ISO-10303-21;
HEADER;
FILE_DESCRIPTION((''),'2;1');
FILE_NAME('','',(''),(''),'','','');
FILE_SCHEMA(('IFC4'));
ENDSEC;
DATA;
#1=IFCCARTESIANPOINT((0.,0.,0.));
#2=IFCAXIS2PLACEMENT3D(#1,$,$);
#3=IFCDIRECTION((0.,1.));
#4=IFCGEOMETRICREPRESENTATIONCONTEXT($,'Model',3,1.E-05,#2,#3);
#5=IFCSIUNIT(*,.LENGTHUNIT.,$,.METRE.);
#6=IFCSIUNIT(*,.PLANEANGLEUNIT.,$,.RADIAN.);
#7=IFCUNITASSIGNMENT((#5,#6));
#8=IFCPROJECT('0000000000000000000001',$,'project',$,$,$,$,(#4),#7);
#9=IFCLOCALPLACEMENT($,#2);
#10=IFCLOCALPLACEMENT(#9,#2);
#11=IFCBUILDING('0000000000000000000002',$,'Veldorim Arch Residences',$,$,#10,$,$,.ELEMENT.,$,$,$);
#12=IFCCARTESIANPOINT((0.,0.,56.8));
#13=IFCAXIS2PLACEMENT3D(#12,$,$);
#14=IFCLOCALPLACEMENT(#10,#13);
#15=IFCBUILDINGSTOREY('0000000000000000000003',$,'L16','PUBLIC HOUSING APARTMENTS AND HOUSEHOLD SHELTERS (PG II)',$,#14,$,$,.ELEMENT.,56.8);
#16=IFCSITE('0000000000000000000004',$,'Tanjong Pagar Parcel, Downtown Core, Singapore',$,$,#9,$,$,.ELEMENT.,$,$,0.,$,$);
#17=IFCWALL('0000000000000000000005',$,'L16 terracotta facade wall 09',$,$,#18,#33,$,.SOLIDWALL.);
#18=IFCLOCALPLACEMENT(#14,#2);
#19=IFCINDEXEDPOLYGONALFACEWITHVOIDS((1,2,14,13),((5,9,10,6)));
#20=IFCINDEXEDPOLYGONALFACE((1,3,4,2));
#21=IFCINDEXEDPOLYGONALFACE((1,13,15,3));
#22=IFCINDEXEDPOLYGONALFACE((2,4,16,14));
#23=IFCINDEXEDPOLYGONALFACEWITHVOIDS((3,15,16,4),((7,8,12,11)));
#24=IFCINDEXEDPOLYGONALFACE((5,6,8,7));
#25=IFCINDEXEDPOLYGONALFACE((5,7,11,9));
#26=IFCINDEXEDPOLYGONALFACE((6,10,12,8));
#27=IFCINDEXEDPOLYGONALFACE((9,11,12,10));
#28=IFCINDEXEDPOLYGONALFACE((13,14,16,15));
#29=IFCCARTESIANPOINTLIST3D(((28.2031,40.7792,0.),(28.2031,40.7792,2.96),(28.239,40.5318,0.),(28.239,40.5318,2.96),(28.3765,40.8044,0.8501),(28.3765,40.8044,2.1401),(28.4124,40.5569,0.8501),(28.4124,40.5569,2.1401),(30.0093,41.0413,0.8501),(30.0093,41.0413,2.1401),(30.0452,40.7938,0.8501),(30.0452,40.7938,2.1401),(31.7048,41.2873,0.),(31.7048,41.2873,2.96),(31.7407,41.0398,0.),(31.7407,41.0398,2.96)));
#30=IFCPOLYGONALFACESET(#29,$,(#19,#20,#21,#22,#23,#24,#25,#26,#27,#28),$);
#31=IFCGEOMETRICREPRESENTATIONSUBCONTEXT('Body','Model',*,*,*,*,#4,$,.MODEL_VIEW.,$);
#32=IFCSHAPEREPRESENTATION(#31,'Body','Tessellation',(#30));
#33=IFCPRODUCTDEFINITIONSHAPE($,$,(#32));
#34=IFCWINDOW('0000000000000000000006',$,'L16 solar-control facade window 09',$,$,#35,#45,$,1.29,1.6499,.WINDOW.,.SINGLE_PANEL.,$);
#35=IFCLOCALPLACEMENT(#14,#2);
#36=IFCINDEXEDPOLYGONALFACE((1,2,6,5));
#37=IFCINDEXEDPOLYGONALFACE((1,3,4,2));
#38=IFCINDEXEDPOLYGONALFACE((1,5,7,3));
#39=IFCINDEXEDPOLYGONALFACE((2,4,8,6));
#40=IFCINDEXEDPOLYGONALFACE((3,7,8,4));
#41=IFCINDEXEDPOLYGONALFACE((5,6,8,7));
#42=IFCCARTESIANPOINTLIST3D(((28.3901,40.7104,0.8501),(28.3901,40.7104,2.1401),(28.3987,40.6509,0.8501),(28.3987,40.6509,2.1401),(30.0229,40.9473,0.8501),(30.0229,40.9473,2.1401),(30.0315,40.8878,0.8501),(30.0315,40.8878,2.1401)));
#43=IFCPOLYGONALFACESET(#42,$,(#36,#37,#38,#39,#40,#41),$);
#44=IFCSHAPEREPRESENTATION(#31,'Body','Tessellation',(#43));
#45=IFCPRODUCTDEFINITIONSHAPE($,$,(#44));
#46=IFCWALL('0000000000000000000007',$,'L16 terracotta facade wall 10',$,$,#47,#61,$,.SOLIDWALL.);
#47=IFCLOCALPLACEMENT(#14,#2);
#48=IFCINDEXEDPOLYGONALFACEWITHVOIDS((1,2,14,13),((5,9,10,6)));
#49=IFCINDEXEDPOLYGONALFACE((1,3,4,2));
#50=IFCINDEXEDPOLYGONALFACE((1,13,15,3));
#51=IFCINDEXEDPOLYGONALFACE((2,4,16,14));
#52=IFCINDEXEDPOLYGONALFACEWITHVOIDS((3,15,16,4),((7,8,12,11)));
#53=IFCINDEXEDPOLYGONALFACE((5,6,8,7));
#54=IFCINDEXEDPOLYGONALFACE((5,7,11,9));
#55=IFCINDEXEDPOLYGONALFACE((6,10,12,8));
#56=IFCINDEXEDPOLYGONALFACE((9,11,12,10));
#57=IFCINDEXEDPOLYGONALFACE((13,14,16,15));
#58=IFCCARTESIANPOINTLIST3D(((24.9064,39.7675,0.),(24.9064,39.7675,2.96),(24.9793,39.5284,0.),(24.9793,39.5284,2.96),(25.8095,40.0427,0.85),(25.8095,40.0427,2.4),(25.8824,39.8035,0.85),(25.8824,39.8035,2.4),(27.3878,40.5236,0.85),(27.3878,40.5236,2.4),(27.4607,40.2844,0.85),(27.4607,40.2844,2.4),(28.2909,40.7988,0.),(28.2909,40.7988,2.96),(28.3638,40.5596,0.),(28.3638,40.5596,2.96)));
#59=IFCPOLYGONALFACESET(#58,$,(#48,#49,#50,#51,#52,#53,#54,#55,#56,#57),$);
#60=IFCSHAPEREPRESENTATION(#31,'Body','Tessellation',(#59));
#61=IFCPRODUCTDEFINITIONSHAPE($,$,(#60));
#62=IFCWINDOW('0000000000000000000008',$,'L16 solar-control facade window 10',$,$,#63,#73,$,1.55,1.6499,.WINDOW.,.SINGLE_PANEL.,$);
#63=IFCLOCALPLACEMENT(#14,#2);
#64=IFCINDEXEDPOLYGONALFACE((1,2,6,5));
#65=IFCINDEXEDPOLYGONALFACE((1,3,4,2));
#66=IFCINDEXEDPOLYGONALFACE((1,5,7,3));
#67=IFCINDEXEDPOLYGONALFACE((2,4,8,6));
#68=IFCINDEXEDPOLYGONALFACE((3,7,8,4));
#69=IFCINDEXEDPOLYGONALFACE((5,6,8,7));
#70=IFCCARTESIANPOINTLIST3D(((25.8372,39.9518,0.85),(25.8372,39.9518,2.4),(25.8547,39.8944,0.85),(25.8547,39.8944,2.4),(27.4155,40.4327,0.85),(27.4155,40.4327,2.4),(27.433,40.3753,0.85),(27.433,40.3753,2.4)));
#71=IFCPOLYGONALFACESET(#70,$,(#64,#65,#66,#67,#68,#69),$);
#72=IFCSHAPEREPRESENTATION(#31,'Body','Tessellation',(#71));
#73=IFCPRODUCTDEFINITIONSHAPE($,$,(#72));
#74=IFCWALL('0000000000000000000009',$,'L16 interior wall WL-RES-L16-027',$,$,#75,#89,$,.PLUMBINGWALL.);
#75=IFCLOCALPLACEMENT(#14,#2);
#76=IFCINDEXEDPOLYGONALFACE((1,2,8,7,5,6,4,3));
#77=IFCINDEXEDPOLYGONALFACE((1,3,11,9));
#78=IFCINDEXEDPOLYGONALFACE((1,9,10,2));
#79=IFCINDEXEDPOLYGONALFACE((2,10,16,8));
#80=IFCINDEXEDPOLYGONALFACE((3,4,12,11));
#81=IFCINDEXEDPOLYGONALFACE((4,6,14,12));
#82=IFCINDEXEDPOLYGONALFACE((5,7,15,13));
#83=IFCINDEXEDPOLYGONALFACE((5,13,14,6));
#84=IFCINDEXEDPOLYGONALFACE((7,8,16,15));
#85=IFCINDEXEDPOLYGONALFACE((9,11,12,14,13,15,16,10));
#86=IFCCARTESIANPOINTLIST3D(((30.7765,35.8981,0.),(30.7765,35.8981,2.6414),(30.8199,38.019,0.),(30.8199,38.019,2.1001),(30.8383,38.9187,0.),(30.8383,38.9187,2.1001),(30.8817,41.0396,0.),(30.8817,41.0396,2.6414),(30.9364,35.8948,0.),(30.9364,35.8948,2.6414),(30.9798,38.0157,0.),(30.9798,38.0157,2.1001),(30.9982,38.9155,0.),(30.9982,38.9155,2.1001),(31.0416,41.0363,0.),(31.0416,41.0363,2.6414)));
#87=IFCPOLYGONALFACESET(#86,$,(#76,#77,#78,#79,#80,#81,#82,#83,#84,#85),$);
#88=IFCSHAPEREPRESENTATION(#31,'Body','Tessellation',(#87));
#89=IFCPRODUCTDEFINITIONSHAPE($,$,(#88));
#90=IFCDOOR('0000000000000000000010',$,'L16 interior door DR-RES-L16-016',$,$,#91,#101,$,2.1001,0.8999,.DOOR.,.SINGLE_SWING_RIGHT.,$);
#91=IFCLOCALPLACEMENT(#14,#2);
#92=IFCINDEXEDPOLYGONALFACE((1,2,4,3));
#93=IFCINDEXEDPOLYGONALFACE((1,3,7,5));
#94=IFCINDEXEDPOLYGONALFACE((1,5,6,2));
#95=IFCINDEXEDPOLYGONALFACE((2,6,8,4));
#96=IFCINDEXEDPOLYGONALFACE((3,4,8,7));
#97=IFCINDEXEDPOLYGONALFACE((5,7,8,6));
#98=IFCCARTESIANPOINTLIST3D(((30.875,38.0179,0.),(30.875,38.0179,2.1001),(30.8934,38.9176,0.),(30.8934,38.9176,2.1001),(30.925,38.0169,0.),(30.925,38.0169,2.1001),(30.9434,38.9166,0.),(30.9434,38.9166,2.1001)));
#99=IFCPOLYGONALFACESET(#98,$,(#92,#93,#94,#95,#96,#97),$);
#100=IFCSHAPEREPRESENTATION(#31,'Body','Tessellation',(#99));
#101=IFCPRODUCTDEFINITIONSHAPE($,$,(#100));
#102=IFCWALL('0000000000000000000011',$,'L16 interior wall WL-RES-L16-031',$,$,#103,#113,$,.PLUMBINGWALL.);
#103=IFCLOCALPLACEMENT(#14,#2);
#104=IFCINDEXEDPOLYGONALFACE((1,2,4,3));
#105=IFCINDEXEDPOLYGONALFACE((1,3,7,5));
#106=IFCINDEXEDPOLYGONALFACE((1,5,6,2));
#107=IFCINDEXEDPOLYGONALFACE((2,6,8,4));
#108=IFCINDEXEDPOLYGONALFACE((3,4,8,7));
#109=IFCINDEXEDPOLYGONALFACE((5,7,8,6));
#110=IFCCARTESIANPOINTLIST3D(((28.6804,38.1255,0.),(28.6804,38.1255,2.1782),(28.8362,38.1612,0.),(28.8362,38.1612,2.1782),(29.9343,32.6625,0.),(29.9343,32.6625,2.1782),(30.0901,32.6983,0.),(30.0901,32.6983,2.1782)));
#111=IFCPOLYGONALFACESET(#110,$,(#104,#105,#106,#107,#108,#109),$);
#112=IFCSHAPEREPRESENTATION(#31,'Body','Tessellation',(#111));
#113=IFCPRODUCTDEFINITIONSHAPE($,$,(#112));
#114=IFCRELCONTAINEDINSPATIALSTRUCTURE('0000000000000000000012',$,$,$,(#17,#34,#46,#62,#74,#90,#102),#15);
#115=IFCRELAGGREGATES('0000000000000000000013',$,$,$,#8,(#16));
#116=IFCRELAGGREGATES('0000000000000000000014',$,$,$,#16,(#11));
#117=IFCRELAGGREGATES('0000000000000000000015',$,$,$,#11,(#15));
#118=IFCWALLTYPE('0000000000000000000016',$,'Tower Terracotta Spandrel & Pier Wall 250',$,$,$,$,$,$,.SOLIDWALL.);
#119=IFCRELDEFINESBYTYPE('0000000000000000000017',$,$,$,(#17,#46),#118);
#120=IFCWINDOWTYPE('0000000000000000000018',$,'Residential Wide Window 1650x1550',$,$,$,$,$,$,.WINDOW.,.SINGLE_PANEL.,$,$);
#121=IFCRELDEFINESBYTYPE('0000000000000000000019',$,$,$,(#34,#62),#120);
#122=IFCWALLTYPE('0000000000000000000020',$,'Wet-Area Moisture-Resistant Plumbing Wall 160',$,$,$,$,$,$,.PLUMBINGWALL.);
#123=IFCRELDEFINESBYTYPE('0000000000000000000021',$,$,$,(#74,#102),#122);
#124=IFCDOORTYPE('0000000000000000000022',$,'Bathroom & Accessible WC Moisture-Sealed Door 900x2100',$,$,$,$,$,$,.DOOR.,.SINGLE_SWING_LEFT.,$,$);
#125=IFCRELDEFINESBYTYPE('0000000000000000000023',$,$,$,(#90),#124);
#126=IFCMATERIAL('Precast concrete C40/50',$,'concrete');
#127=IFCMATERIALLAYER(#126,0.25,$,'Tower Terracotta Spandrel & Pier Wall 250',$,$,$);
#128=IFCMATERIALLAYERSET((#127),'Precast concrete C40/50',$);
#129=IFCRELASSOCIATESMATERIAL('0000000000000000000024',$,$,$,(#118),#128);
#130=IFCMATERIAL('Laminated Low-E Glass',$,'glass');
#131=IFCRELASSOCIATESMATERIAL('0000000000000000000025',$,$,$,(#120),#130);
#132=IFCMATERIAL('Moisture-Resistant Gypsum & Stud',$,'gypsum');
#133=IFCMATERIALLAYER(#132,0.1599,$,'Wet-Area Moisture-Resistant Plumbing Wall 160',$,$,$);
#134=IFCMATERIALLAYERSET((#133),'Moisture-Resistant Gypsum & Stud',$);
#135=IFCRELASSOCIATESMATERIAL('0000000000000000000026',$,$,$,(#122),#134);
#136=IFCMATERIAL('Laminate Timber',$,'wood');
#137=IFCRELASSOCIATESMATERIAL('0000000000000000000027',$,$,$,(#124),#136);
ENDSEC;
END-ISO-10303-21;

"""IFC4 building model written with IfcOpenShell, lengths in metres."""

from ifc_helpers import new_model, si_unit, direction, frame, frame_2d, origin, place, context, subcontext, project, spatial, rectangle, extrude, material, layer, layer_set, type_object, element, fill, save


model = new_model("IFC4")

# Units and contexts
model_context = context("Model", 3, precision=1e-05, world=origin(), true_north=direction((0.0, 1.0)))
body_context = subcontext(model_context, "Body", "Model", "MODEL_VIEW")
ifc_project = project(units=[si_unit("LENGTHUNIT", "METRE"), si_unit("PLANEANGLEUNIT", "RADIAN")], contexts=[model_context])

# Site, building, storey
site_placement = place(None, origin())
site = spatial("IfcSite", under=ifc_project, at=site_placement, Name="Tanjong Pagar Parcel, Downtown Core, Singapore", CompositionType="ELEMENT", RefElevation=0.0)
building_placement = place(site_placement, origin())
building = spatial("IfcBuilding", under=site, at=building_placement, Name="Veldorim Arch Residences", CompositionType="ELEMENT")
storey_placement = place(building_placement, frame((0.0, 0.0, 56.8)))
storey = spatial("IfcBuildingStorey", under=building, at=storey_placement, Name="L16", Description="PUBLIC HOUSING APARTMENTS AND HOUSEHOLD SHELTERS (PG II)", CompositionType="ELEMENT", Elevation=56.8)

# Shared definitions
ifc_material_1 = material(Name="Precast concrete C40/50", Category="concrete")
ifc_layer_1 = layer(ifc_material_1, 0.25, Name="Tower Terracotta Spandrel & Pier Wall 250")
ifc_layer_set_1 = layer_set([ifc_layer_1], Name="Precast concrete C40/50")
wall_type_1 = type_object("IfcWallType", Name="Tower Terracotta Spandrel & Pier Wall 250", PredefinedType="SOLIDWALL", material=ifc_layer_set_1)

# Walls, openings, windows
wall_1_placement = place(storey_placement, frame((28.2212, 40.6555, 0.0), z_axis=(0.0, 0.0, 1.0), x_axis=(0.989638, 0.143585, 0.0)))
wall_1 = element("IfcWall", 1, at=wall_1_placement, inside=storey, type_object=wall_type_1, Name="L16 terracotta facade wall 09", PredefinedType="SOLIDWALL", context=body_context, shape_type="SweptSolid", body=[
    extrude(rectangle(XDim=3.5383, YDim=0.25, at=frame_2d((1.769, 0.0))), origin(), (0.0, 0.0, 1.0), 2.96),
])
opening_1_placement = place(wall_1_placement, frame((0.175, 0.0, 0.8501)))
opening_1 = element("IfcOpeningElement", 2, at=opening_1_placement, cuts=wall_1, PredefinedType="OPENING", context=body_context, shape_type="SweptSolid", body=[
    extrude(rectangle(XDim=1.6499, YDim=1.29, at=frame_2d((0.825, 0.645))), frame((0.0, 0.135, 0.0), z_axis=(0.0, -1.0, 0.0), x_axis=(1.0, 0.0, 0.0)), (0.0, 0.0, 1.0), 0.27),
])
ifc_material_2 = material(Name="Laminated Low-E Glass", Category="glass")
window_type = type_object("IfcWindowType", Name="Residential Wide Window 1650x1550", PartitioningType="SINGLE_PANEL", PredefinedType="WINDOW", material=ifc_material_2)
window_1_placement = place(opening_1_placement, origin())
window_1 = element("IfcWindow", 3, at=window_1_placement, inside=storey, type_object=window_type, Name="L16 solar-control facade window 09", OverallHeight=1.29, OverallWidth=1.6499, PartitioningType="SINGLE_PANEL", PredefinedType="WINDOW", context=body_context, shape_type="SweptSolid", body=[
    extrude(rectangle(XDim=1.6499, YDim=1.29, at=frame_2d((0.825, 0.645))), frame((0.0, 0.03, 0.0), z_axis=(0.0, -1.0, 0.0), x_axis=(1.0, 0.0, 0.0)), (0.0, 0.0, 1.0), 0.0601),
])
fill(opening_1, window_1)
wall_2_placement = place(storey_placement, frame((24.9429, 39.6479, 0.0), z_axis=(0.0, 0.0, 1.0), x_axis=(0.956581, 0.291466, 0.0)))
wall_2 = element("IfcWall", 4, at=wall_2_placement, inside=storey, type_object=wall_type_1, Name="L16 terracotta facade wall 10", PredefinedType="SOLIDWALL", context=body_context, shape_type="SweptSolid", body=[
    extrude(rectangle(XDim=3.5381, YDim=0.25, at=frame_2d((1.769, 0.0))), origin(), (0.0, 0.0, 1.0), 2.96),
])
opening_2_placement = place(wall_2_placement, frame((0.9441, 0.0, 0.8501)))
opening_2 = element("IfcOpeningElement", 5, at=opening_2_placement, cuts=wall_2, PredefinedType="OPENING", context=body_context, shape_type="SweptSolid", body=[
    extrude(rectangle(XDim=1.6499, YDim=1.55, at=frame_2d((0.825, 0.7749))), frame((0.0, 0.135, 0.0), z_axis=(0.0, -1.0, 0.0), x_axis=(1.0, 0.0, 0.0)), (0.0, 0.0, 1.0), 0.27),
])
window_2_placement = place(opening_2_placement, origin())
window_2 = element("IfcWindow", 6, at=window_2_placement, inside=storey, type_object=window_type, Name="L16 solar-control facade window 10", OverallHeight=1.55, OverallWidth=1.6499, PartitioningType="SINGLE_PANEL", PredefinedType="WINDOW", context=body_context, shape_type="SweptSolid", body=[
    extrude(rectangle(XDim=1.6499, YDim=1.55, at=frame_2d((0.825, 0.7749))), frame((0.0, 0.03, 0.0), z_axis=(0.0, -1.0, 0.0), x_axis=(1.0, 0.0, 0.0)), (0.0, 0.0, 1.0), 0.0601),
])
fill(opening_2, window_2)

# Wall, opening, door
ifc_material_3 = material(Name="Moisture-Resistant Gypsum & Stud", Category="gypsum")
ifc_layer_2 = layer(ifc_material_3, 0.1599, Name="Wet-Area Moisture-Resistant Plumbing Wall 160")
ifc_layer_set_2 = layer_set([ifc_layer_2], Name="Moisture-Resistant Gypsum & Stud")
wall_type_2 = type_object("IfcWallType", Name="Wet-Area Moisture-Resistant Plumbing Wall 160", PredefinedType="PLUMBINGWALL", material=ifc_layer_set_2)
wall_3_placement = place(storey_placement, frame((30.8564, 35.8965, 0.0), z_axis=(0.0, 0.0, 1.0), x_axis=(0.020461, 0.999791, 0.0)))
wall_3 = element("IfcWall", 7, at=wall_3_placement, inside=storey, type_object=wall_type_2, Name="L16 interior wall WL-RES-L16-027", PredefinedType="PLUMBINGWALL", context=body_context, shape_type="SweptSolid", body=[
    extrude(rectangle(XDim=5.1426, YDim=0.1599, at=frame_2d((2.5713, 0.0))), origin(), (0.0, 0.0, 1.0), 2.6414),
])
opening_3_placement = place(wall_3_placement, frame((2.1213, 0.0, 0.0)))
opening_3 = element("IfcOpeningElement", 8, at=opening_3_placement, cuts=wall_3, PredefinedType="OPENING", context=body_context, shape_type="SweptSolid", body=[
    extrude(rectangle(XDim=0.8999, YDim=2.1001, at=frame_2d((0.45, 1.05))), frame((0.0, 0.0898, 0.0), z_axis=(0.0, -1.0, 0.0), x_axis=(1.0, 0.0, 0.0)), (0.0, 0.0, 1.0), 0.1799),
])
ifc_material_4 = material(Name="Laminate Timber", Category="wood")
door_type_1 = type_object("IfcDoorType", Name="Bathroom & Accessible WC Moisture-Sealed Door 900x2100", OperationType="SINGLE_SWING_LEFT", PredefinedType="DOOR", material=ifc_material_4)
door_1_placement = place(opening_3_placement, origin())
door_1 = element("IfcDoor", 9, at=door_1_placement, inside=storey, type_object=door_type_1, Name="L16 interior door DR-RES-L16-016", OperationType="SINGLE_SWING_RIGHT", OverallHeight=2.1001, OverallWidth=0.8999, PredefinedType="DOOR", context=body_context, shape_type="SweptSolid", body=[
    extrude(rectangle(XDim=0.8999, YDim=2.1001, at=frame_2d((0.45, 1.05))), frame((0.0, 0.0249, 0.0), z_axis=(0.0, -1.0, 0.0), x_axis=(1.0, 0.0, 0.0)), (0.0, 0.0, 1.0), 0.05),
])
fill(opening_3, door_1)

# Wall
wall_4_placement = place(storey_placement, frame((30.0122, 32.6804, 0.0), z_axis=(0.0, 0.0, 1.0), x_axis=(-0.223714, 0.974655, 0.0)))
element("IfcWall", 10, at=wall_4_placement, inside=storey, type_object=wall_type_2, Name="L16 interior wall WL-RES-L16-031", PredefinedType="PLUMBINGWALL", context=body_context, shape_type="SweptSolid", body=[
    extrude(rectangle(XDim=5.605, YDim=0.1599, at=frame_2d((2.8025, 0.0))), origin(), (0.0, 0.0, 1.0), 2.1782),
])

save(model, "model.ifc")
